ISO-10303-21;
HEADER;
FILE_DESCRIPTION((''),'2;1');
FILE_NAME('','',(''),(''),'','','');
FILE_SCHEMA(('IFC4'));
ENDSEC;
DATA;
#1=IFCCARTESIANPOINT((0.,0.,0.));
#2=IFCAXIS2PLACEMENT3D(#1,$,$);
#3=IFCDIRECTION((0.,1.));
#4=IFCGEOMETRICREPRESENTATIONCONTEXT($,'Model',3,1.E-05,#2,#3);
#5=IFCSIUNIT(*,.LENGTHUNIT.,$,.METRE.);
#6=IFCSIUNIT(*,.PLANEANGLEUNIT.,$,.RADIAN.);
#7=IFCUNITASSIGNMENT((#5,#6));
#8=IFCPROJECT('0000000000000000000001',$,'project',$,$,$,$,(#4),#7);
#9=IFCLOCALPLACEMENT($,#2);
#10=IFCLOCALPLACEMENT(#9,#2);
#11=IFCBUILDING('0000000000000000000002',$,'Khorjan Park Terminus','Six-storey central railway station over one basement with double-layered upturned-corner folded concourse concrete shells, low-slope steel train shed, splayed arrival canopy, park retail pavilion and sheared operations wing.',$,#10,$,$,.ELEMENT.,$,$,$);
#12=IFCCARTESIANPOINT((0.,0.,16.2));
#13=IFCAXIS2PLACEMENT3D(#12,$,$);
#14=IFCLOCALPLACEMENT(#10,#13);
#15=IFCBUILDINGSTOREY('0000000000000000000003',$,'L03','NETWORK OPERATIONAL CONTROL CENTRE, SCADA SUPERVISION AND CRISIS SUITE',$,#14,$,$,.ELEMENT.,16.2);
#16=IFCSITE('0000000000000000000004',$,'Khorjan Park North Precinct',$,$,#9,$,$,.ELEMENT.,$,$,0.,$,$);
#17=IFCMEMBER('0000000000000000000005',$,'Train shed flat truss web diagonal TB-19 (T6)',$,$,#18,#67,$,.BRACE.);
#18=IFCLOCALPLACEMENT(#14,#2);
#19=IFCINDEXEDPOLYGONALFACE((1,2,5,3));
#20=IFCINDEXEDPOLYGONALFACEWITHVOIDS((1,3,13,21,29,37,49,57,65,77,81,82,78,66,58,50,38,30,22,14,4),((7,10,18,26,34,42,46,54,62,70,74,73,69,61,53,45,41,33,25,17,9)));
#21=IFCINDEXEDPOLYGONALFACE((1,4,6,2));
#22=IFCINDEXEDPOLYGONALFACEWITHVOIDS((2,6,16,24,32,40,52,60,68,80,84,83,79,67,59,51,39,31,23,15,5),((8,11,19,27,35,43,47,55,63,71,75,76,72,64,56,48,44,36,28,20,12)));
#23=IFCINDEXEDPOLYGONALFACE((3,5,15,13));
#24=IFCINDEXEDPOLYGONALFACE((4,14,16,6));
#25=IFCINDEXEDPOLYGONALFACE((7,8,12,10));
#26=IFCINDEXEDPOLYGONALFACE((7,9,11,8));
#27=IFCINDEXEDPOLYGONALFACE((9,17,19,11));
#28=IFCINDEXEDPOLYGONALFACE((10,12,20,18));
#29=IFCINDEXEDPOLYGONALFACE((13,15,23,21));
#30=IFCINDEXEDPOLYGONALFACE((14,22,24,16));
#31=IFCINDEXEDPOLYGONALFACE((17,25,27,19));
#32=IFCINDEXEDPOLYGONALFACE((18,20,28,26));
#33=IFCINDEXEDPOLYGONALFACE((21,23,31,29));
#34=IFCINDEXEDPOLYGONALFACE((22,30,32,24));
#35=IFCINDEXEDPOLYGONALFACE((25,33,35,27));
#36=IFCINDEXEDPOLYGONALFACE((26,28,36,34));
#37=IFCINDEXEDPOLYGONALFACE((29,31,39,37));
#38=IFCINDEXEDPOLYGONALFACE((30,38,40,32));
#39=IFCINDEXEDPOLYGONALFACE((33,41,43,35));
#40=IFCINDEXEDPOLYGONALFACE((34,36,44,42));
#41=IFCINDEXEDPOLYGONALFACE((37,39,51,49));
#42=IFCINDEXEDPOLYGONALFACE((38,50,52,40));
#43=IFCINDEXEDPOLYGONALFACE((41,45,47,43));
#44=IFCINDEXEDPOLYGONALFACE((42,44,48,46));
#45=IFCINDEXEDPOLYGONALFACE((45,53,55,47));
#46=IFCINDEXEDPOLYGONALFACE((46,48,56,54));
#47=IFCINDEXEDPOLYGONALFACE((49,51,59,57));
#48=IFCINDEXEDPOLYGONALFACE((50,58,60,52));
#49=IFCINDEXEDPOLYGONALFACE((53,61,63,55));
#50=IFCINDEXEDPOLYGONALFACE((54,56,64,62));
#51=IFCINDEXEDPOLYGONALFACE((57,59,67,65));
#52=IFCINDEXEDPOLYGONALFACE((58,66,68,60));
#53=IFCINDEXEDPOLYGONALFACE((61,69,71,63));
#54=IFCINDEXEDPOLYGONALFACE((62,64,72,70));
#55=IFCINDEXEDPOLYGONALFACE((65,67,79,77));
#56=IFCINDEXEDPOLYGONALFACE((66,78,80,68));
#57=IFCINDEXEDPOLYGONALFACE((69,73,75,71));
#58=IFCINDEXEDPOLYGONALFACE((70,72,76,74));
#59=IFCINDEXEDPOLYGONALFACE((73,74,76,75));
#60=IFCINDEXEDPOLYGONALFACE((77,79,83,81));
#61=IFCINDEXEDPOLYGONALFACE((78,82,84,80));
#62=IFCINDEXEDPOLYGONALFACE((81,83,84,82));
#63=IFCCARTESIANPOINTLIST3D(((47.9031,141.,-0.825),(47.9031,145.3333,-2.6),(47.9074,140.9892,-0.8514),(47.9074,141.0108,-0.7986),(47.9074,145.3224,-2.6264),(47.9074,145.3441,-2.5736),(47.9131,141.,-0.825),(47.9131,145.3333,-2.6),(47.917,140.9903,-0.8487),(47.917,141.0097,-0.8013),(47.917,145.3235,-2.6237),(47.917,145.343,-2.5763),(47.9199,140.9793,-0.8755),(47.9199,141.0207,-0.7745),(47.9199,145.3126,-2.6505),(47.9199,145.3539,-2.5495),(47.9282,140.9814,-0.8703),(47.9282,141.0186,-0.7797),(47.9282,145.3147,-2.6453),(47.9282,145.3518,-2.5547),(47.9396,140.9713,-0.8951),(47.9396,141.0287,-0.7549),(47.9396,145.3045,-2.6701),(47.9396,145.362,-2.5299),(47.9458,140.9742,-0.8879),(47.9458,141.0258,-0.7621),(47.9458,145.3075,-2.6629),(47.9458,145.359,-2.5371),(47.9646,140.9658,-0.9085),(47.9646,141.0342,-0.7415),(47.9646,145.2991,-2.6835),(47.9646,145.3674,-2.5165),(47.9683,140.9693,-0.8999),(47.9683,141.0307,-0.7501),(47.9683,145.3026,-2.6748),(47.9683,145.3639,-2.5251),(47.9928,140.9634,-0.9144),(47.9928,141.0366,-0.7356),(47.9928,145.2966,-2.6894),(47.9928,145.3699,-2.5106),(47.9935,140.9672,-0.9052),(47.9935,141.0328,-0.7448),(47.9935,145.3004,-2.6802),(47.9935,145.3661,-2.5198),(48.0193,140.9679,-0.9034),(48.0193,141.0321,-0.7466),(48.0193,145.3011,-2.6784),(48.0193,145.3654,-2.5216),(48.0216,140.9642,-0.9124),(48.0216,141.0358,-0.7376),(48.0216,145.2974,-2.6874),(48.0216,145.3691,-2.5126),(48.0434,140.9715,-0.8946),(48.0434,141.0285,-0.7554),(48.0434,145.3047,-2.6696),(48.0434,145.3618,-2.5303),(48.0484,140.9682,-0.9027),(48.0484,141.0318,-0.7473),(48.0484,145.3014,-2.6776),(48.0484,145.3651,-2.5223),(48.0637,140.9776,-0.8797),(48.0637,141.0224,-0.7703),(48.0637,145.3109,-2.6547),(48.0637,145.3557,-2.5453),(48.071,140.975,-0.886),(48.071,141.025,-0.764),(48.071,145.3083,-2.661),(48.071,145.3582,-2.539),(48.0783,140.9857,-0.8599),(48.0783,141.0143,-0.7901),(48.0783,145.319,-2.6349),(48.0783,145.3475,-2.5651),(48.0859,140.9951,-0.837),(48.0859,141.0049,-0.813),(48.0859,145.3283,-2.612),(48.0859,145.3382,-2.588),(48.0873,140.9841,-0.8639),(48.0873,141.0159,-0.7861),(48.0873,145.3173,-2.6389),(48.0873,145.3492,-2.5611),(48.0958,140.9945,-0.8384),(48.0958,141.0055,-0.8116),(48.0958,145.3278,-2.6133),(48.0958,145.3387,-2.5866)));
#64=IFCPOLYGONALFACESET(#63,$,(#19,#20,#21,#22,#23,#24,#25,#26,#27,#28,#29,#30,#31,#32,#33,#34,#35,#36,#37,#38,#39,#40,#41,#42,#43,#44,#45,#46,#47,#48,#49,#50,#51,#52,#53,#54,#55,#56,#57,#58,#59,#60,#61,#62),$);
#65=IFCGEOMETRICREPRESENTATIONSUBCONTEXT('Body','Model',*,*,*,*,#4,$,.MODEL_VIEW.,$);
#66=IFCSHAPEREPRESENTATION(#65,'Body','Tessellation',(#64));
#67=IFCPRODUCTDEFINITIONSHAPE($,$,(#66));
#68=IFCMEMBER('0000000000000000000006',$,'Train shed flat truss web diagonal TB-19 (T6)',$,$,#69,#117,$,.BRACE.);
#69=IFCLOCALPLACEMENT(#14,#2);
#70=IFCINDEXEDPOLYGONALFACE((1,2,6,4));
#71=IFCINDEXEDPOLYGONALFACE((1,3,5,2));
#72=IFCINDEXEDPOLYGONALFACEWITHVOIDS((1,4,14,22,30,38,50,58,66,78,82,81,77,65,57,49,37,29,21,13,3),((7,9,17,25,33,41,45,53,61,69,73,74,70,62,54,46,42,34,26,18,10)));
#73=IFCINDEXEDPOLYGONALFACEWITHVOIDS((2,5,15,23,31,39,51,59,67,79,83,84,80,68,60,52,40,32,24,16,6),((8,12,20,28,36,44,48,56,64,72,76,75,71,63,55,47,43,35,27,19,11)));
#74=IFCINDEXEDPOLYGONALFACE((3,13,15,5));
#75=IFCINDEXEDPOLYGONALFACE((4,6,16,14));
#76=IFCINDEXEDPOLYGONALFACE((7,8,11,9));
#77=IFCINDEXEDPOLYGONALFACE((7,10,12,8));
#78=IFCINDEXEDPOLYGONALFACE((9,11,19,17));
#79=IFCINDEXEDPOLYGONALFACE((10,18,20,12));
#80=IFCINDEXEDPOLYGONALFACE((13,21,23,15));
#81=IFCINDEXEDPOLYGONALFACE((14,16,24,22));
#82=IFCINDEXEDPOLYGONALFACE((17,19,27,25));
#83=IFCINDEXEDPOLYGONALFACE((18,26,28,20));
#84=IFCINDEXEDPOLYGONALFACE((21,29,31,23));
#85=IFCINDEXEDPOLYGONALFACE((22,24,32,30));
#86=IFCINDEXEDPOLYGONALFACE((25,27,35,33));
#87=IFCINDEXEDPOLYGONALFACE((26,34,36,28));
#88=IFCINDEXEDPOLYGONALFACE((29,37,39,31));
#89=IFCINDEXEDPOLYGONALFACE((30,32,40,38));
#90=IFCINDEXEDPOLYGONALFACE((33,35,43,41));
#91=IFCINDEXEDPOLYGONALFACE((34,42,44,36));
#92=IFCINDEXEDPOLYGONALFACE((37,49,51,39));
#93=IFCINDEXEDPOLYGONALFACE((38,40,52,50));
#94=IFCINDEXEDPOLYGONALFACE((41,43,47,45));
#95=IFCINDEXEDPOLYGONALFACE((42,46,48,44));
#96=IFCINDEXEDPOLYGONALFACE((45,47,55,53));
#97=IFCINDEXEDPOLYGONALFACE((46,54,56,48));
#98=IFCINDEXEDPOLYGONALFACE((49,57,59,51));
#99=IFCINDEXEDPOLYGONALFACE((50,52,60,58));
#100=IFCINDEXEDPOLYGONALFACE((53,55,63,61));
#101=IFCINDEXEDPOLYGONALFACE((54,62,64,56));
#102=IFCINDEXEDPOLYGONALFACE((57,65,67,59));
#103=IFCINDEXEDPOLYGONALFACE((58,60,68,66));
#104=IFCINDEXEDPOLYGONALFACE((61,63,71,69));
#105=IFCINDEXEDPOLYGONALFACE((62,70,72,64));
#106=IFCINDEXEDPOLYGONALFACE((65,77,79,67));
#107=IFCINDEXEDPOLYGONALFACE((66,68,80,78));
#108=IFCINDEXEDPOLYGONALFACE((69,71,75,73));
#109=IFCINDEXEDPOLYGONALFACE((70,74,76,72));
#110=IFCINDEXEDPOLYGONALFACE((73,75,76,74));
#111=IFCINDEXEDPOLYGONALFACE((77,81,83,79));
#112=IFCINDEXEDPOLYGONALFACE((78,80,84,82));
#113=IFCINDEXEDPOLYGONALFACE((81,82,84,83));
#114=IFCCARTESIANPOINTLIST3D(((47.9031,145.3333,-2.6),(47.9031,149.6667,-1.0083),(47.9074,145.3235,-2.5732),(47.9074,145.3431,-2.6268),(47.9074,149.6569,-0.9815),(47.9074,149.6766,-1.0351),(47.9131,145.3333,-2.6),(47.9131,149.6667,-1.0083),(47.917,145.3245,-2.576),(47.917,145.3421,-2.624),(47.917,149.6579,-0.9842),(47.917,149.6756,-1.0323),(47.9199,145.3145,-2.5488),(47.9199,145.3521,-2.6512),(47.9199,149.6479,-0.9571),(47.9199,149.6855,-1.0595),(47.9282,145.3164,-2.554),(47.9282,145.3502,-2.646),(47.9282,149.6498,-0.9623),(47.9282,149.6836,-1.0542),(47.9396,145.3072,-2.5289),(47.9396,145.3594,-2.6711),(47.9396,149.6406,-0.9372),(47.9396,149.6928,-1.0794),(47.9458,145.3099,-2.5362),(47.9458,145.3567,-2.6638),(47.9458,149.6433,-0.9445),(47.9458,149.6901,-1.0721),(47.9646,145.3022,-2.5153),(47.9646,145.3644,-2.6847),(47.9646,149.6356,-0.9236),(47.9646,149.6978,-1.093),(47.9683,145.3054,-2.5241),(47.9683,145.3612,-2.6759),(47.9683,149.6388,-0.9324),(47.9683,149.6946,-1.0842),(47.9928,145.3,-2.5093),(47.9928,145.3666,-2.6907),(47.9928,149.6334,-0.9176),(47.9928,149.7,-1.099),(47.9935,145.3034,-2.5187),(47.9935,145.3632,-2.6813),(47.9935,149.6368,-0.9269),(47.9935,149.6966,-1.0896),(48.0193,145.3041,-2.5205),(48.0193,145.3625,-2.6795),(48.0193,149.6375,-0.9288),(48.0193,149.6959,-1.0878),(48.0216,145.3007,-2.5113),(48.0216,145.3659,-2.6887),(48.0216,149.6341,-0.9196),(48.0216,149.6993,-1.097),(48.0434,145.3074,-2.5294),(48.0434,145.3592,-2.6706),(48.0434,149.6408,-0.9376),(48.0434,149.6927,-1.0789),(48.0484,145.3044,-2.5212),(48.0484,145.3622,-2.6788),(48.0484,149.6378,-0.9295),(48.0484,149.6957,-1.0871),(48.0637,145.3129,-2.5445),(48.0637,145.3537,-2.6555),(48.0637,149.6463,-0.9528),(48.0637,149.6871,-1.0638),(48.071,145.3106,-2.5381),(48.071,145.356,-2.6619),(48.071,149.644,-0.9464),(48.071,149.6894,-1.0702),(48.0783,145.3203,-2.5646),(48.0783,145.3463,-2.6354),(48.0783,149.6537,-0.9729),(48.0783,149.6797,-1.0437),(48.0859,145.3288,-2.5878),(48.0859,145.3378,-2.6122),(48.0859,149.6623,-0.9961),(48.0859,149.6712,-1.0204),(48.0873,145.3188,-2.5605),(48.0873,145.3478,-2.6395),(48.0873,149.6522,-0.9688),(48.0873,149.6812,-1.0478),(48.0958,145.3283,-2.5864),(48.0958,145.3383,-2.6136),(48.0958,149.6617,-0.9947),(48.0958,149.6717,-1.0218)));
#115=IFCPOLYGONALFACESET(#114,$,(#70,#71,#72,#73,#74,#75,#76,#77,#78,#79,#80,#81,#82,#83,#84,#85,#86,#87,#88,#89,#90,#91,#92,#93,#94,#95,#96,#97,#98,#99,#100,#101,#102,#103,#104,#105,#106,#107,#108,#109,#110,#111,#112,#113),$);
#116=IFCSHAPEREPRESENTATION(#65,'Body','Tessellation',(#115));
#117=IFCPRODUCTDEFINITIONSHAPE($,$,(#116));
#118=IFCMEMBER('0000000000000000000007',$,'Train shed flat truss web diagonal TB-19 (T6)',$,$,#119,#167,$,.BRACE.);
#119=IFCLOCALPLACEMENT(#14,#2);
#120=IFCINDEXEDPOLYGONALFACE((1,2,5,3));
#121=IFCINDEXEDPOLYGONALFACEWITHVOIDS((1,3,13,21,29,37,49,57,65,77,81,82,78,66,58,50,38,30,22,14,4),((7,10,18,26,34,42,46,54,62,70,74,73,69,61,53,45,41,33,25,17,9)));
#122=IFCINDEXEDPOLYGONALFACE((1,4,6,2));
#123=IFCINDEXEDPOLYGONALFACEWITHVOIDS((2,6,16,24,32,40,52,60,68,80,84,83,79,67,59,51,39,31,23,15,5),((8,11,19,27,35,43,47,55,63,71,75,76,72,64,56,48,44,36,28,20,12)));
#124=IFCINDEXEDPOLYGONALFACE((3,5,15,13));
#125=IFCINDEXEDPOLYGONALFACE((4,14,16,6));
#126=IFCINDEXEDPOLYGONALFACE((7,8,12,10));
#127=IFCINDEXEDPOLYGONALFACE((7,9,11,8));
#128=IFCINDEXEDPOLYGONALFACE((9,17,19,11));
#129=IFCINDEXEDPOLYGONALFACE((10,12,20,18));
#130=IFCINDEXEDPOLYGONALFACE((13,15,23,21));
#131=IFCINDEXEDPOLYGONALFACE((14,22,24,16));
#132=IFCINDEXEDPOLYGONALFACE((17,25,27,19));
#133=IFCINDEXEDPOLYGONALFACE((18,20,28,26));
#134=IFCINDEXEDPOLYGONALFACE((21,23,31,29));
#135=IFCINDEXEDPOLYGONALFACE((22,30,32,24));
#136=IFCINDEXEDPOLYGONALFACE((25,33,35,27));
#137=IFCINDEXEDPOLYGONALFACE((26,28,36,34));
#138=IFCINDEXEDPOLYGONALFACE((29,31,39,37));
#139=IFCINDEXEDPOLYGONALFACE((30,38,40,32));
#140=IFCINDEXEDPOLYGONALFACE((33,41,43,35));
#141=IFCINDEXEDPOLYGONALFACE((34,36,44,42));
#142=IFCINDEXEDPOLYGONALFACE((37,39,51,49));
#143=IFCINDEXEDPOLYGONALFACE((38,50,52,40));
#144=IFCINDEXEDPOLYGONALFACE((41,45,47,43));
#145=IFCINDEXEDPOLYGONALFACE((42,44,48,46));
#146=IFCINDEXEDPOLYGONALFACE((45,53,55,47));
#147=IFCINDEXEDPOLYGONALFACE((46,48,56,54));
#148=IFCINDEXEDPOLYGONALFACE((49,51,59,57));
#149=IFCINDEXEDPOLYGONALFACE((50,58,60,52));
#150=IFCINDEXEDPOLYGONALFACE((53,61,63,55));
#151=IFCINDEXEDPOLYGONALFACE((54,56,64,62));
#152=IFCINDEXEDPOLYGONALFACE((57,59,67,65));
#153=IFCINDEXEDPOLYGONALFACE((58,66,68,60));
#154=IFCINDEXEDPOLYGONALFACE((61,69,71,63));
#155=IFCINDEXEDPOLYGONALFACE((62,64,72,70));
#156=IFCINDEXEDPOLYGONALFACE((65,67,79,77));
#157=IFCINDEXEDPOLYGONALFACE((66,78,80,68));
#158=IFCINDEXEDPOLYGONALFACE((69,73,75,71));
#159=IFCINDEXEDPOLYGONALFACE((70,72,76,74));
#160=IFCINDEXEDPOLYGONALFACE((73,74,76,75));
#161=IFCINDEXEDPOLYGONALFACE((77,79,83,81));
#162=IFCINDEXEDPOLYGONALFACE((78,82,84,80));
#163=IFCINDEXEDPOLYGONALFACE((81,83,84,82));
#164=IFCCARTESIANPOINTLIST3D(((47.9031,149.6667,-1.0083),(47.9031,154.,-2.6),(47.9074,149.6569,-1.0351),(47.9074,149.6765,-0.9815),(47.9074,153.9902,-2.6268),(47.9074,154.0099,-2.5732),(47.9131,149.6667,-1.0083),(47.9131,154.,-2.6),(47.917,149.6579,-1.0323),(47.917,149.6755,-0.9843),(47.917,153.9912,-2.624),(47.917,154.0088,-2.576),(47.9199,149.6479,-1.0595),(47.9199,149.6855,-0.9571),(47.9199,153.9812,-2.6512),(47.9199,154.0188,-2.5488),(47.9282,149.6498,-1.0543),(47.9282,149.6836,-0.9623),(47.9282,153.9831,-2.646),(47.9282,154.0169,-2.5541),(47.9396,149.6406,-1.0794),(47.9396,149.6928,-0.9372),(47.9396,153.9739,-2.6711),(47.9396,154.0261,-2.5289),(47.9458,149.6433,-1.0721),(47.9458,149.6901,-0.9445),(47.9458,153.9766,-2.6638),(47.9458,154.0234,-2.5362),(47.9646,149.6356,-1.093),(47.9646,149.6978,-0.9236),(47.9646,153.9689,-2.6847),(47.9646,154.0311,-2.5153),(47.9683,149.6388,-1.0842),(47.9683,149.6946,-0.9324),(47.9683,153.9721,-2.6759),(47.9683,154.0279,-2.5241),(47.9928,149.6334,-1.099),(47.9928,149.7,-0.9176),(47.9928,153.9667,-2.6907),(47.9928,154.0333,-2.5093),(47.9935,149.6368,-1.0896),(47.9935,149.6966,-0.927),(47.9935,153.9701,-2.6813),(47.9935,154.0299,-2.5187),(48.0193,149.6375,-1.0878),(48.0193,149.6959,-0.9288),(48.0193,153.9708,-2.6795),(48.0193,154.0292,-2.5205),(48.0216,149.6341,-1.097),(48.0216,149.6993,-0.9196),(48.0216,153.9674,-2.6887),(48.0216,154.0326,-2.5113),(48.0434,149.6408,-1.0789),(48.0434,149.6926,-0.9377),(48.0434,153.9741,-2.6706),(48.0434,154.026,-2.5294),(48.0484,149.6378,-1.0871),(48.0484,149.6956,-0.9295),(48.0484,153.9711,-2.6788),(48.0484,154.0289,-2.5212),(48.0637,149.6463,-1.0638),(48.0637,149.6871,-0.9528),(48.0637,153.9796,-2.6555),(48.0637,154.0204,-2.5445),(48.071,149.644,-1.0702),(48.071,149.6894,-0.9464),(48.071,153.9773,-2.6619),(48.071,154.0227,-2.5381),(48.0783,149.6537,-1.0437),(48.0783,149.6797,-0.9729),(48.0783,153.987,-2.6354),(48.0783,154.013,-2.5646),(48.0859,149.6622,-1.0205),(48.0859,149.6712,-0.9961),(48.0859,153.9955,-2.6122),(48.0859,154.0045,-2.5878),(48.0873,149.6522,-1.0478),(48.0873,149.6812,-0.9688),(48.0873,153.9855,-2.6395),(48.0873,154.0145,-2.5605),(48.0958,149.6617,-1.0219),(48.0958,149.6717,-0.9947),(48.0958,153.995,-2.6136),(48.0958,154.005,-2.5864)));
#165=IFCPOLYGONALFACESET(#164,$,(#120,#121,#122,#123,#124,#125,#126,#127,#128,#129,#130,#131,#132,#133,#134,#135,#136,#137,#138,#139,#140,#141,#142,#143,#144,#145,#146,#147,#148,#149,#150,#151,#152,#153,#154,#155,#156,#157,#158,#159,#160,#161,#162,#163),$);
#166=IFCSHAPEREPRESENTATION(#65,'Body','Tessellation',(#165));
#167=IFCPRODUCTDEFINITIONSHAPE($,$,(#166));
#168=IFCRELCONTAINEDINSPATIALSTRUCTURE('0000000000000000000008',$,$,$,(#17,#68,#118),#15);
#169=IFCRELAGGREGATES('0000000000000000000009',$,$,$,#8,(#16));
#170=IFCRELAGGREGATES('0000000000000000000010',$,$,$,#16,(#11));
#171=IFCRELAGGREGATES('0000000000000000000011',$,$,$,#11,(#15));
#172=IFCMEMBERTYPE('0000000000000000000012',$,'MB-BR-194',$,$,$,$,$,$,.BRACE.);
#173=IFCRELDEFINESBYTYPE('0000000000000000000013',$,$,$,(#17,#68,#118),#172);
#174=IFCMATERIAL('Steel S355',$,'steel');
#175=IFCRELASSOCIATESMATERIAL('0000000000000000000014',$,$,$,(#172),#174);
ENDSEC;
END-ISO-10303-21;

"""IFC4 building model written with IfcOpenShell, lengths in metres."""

from ifc_helpers import new_model, si_unit, direction, frame, origin, origin_2d, place, context, subcontext, project, spatial, hollow_circle, extrude, material, material_profile, profile_set, type_object, element, save


model = new_model("IFC4")

# Units and contexts
model_context = context("Model", 3, precision=1e-05, world=origin(), true_north=direction((0.0, 1.0)))
body_context = subcontext(model_context, "Body", "Model", "MODEL_VIEW")
ifc_project = project(units=[si_unit("LENGTHUNIT", "METRE"), si_unit("PLANEANGLEUNIT", "RADIAN")], contexts=[model_context])

# Site, building, storey
site_placement = place(None, origin())
site = spatial("IfcSite", under=ifc_project, at=site_placement, Name="Khorjan Park North Precinct", CompositionType="ELEMENT", RefElevation=0.0)
building_placement = place(site_placement, origin())
building = spatial("IfcBuilding", under=site, at=building_placement, Name="Khorjan Park Terminus", Description="Six-storey central railway station over one basement with double-layered upturned-corner folded concourse concrete shells, low-slope steel train shed, splayed arrival canopy, park retail pavilion and sheared operations wing.", CompositionType="ELEMENT")
storey_placement = place(building_placement, frame((0.0, 0.0, 16.2)))
storey = spatial("IfcBuildingStorey", under=building, at=storey_placement, Name="L03", Description="NETWORK OPERATIONAL CONTROL CENTRE, SCADA SUPERVISION AND CRISIS SUITE", CompositionType="ELEMENT", Elevation=16.2)

# Members
ifc_material = material(Name="Steel S355", Category="steel")
ifc_material_profile_1 = material_profile(ifc_material, hollow_circle(Radius=0.0969, WallThickness=0.01, at=origin_2d()), Name="CHS 193.7x10")
ifc_profile_set_1 = profile_set([ifc_material_profile_1], Name="Steel S355")
member_type_1 = type_object("IfcMemberType", Name="MB-BR-194", PredefinedType="BRACE", material=ifc_profile_set_1)
member_1_placement = place(storey_placement, frame((48.0, 141.0, -0.825), z_axis=(0.0, 0.925376, -0.379051), x_axis=(-1.0, 0.0, 0.0)))
element("IfcMember", 1, at=member_1_placement, inside=storey, type_object=member_type_1, Name="Train shed flat truss web diagonal TB-19 (T6)", PredefinedType="BRACE", context=body_context, shape_type="SweptSolid", body=[
    extrude(hollow_circle(Radius=0.0969, WallThickness=0.01, at=origin_2d()), origin(), (0.0, 0.0, 1.0), 4.6827),
])
member_2_placement = place(storey_placement, frame((48.0, 145.3333, -2.6), z_axis=(0.0, 0.938681, 0.344787), x_axis=(-1.0, 0.0, 0.0)))
element("IfcMember", 2, at=member_2_placement, inside=storey, type_object=member_type_1, Name="Train shed flat truss web diagonal TB-19 (T6)", PredefinedType="BRACE", context=body_context, shape_type="SweptSolid", body=[
    extrude(hollow_circle(Radius=0.0969, WallThickness=0.01, at=origin_2d()), origin(), (0.0, 0.0, 1.0), 4.6165),
])
member_3_placement = place(storey_placement, frame((48.0, 149.6667, -1.0083), z_axis=(0.0, 0.938678, -0.344794), x_axis=(-1.0, 0.0, 0.0)))
element("IfcMember", 3, at=member_3_placement, inside=storey, type_object=member_type_1, Name="Train shed flat truss web diagonal TB-19 (T6)", PredefinedType="BRACE", context=body_context, shape_type="SweptSolid", body=[
    extrude(hollow_circle(Radius=0.0969, WallThickness=0.01, at=origin_2d()), origin(), (0.0, 0.0, 1.0), 4.6164),
])

save(model, "model.ifc")
